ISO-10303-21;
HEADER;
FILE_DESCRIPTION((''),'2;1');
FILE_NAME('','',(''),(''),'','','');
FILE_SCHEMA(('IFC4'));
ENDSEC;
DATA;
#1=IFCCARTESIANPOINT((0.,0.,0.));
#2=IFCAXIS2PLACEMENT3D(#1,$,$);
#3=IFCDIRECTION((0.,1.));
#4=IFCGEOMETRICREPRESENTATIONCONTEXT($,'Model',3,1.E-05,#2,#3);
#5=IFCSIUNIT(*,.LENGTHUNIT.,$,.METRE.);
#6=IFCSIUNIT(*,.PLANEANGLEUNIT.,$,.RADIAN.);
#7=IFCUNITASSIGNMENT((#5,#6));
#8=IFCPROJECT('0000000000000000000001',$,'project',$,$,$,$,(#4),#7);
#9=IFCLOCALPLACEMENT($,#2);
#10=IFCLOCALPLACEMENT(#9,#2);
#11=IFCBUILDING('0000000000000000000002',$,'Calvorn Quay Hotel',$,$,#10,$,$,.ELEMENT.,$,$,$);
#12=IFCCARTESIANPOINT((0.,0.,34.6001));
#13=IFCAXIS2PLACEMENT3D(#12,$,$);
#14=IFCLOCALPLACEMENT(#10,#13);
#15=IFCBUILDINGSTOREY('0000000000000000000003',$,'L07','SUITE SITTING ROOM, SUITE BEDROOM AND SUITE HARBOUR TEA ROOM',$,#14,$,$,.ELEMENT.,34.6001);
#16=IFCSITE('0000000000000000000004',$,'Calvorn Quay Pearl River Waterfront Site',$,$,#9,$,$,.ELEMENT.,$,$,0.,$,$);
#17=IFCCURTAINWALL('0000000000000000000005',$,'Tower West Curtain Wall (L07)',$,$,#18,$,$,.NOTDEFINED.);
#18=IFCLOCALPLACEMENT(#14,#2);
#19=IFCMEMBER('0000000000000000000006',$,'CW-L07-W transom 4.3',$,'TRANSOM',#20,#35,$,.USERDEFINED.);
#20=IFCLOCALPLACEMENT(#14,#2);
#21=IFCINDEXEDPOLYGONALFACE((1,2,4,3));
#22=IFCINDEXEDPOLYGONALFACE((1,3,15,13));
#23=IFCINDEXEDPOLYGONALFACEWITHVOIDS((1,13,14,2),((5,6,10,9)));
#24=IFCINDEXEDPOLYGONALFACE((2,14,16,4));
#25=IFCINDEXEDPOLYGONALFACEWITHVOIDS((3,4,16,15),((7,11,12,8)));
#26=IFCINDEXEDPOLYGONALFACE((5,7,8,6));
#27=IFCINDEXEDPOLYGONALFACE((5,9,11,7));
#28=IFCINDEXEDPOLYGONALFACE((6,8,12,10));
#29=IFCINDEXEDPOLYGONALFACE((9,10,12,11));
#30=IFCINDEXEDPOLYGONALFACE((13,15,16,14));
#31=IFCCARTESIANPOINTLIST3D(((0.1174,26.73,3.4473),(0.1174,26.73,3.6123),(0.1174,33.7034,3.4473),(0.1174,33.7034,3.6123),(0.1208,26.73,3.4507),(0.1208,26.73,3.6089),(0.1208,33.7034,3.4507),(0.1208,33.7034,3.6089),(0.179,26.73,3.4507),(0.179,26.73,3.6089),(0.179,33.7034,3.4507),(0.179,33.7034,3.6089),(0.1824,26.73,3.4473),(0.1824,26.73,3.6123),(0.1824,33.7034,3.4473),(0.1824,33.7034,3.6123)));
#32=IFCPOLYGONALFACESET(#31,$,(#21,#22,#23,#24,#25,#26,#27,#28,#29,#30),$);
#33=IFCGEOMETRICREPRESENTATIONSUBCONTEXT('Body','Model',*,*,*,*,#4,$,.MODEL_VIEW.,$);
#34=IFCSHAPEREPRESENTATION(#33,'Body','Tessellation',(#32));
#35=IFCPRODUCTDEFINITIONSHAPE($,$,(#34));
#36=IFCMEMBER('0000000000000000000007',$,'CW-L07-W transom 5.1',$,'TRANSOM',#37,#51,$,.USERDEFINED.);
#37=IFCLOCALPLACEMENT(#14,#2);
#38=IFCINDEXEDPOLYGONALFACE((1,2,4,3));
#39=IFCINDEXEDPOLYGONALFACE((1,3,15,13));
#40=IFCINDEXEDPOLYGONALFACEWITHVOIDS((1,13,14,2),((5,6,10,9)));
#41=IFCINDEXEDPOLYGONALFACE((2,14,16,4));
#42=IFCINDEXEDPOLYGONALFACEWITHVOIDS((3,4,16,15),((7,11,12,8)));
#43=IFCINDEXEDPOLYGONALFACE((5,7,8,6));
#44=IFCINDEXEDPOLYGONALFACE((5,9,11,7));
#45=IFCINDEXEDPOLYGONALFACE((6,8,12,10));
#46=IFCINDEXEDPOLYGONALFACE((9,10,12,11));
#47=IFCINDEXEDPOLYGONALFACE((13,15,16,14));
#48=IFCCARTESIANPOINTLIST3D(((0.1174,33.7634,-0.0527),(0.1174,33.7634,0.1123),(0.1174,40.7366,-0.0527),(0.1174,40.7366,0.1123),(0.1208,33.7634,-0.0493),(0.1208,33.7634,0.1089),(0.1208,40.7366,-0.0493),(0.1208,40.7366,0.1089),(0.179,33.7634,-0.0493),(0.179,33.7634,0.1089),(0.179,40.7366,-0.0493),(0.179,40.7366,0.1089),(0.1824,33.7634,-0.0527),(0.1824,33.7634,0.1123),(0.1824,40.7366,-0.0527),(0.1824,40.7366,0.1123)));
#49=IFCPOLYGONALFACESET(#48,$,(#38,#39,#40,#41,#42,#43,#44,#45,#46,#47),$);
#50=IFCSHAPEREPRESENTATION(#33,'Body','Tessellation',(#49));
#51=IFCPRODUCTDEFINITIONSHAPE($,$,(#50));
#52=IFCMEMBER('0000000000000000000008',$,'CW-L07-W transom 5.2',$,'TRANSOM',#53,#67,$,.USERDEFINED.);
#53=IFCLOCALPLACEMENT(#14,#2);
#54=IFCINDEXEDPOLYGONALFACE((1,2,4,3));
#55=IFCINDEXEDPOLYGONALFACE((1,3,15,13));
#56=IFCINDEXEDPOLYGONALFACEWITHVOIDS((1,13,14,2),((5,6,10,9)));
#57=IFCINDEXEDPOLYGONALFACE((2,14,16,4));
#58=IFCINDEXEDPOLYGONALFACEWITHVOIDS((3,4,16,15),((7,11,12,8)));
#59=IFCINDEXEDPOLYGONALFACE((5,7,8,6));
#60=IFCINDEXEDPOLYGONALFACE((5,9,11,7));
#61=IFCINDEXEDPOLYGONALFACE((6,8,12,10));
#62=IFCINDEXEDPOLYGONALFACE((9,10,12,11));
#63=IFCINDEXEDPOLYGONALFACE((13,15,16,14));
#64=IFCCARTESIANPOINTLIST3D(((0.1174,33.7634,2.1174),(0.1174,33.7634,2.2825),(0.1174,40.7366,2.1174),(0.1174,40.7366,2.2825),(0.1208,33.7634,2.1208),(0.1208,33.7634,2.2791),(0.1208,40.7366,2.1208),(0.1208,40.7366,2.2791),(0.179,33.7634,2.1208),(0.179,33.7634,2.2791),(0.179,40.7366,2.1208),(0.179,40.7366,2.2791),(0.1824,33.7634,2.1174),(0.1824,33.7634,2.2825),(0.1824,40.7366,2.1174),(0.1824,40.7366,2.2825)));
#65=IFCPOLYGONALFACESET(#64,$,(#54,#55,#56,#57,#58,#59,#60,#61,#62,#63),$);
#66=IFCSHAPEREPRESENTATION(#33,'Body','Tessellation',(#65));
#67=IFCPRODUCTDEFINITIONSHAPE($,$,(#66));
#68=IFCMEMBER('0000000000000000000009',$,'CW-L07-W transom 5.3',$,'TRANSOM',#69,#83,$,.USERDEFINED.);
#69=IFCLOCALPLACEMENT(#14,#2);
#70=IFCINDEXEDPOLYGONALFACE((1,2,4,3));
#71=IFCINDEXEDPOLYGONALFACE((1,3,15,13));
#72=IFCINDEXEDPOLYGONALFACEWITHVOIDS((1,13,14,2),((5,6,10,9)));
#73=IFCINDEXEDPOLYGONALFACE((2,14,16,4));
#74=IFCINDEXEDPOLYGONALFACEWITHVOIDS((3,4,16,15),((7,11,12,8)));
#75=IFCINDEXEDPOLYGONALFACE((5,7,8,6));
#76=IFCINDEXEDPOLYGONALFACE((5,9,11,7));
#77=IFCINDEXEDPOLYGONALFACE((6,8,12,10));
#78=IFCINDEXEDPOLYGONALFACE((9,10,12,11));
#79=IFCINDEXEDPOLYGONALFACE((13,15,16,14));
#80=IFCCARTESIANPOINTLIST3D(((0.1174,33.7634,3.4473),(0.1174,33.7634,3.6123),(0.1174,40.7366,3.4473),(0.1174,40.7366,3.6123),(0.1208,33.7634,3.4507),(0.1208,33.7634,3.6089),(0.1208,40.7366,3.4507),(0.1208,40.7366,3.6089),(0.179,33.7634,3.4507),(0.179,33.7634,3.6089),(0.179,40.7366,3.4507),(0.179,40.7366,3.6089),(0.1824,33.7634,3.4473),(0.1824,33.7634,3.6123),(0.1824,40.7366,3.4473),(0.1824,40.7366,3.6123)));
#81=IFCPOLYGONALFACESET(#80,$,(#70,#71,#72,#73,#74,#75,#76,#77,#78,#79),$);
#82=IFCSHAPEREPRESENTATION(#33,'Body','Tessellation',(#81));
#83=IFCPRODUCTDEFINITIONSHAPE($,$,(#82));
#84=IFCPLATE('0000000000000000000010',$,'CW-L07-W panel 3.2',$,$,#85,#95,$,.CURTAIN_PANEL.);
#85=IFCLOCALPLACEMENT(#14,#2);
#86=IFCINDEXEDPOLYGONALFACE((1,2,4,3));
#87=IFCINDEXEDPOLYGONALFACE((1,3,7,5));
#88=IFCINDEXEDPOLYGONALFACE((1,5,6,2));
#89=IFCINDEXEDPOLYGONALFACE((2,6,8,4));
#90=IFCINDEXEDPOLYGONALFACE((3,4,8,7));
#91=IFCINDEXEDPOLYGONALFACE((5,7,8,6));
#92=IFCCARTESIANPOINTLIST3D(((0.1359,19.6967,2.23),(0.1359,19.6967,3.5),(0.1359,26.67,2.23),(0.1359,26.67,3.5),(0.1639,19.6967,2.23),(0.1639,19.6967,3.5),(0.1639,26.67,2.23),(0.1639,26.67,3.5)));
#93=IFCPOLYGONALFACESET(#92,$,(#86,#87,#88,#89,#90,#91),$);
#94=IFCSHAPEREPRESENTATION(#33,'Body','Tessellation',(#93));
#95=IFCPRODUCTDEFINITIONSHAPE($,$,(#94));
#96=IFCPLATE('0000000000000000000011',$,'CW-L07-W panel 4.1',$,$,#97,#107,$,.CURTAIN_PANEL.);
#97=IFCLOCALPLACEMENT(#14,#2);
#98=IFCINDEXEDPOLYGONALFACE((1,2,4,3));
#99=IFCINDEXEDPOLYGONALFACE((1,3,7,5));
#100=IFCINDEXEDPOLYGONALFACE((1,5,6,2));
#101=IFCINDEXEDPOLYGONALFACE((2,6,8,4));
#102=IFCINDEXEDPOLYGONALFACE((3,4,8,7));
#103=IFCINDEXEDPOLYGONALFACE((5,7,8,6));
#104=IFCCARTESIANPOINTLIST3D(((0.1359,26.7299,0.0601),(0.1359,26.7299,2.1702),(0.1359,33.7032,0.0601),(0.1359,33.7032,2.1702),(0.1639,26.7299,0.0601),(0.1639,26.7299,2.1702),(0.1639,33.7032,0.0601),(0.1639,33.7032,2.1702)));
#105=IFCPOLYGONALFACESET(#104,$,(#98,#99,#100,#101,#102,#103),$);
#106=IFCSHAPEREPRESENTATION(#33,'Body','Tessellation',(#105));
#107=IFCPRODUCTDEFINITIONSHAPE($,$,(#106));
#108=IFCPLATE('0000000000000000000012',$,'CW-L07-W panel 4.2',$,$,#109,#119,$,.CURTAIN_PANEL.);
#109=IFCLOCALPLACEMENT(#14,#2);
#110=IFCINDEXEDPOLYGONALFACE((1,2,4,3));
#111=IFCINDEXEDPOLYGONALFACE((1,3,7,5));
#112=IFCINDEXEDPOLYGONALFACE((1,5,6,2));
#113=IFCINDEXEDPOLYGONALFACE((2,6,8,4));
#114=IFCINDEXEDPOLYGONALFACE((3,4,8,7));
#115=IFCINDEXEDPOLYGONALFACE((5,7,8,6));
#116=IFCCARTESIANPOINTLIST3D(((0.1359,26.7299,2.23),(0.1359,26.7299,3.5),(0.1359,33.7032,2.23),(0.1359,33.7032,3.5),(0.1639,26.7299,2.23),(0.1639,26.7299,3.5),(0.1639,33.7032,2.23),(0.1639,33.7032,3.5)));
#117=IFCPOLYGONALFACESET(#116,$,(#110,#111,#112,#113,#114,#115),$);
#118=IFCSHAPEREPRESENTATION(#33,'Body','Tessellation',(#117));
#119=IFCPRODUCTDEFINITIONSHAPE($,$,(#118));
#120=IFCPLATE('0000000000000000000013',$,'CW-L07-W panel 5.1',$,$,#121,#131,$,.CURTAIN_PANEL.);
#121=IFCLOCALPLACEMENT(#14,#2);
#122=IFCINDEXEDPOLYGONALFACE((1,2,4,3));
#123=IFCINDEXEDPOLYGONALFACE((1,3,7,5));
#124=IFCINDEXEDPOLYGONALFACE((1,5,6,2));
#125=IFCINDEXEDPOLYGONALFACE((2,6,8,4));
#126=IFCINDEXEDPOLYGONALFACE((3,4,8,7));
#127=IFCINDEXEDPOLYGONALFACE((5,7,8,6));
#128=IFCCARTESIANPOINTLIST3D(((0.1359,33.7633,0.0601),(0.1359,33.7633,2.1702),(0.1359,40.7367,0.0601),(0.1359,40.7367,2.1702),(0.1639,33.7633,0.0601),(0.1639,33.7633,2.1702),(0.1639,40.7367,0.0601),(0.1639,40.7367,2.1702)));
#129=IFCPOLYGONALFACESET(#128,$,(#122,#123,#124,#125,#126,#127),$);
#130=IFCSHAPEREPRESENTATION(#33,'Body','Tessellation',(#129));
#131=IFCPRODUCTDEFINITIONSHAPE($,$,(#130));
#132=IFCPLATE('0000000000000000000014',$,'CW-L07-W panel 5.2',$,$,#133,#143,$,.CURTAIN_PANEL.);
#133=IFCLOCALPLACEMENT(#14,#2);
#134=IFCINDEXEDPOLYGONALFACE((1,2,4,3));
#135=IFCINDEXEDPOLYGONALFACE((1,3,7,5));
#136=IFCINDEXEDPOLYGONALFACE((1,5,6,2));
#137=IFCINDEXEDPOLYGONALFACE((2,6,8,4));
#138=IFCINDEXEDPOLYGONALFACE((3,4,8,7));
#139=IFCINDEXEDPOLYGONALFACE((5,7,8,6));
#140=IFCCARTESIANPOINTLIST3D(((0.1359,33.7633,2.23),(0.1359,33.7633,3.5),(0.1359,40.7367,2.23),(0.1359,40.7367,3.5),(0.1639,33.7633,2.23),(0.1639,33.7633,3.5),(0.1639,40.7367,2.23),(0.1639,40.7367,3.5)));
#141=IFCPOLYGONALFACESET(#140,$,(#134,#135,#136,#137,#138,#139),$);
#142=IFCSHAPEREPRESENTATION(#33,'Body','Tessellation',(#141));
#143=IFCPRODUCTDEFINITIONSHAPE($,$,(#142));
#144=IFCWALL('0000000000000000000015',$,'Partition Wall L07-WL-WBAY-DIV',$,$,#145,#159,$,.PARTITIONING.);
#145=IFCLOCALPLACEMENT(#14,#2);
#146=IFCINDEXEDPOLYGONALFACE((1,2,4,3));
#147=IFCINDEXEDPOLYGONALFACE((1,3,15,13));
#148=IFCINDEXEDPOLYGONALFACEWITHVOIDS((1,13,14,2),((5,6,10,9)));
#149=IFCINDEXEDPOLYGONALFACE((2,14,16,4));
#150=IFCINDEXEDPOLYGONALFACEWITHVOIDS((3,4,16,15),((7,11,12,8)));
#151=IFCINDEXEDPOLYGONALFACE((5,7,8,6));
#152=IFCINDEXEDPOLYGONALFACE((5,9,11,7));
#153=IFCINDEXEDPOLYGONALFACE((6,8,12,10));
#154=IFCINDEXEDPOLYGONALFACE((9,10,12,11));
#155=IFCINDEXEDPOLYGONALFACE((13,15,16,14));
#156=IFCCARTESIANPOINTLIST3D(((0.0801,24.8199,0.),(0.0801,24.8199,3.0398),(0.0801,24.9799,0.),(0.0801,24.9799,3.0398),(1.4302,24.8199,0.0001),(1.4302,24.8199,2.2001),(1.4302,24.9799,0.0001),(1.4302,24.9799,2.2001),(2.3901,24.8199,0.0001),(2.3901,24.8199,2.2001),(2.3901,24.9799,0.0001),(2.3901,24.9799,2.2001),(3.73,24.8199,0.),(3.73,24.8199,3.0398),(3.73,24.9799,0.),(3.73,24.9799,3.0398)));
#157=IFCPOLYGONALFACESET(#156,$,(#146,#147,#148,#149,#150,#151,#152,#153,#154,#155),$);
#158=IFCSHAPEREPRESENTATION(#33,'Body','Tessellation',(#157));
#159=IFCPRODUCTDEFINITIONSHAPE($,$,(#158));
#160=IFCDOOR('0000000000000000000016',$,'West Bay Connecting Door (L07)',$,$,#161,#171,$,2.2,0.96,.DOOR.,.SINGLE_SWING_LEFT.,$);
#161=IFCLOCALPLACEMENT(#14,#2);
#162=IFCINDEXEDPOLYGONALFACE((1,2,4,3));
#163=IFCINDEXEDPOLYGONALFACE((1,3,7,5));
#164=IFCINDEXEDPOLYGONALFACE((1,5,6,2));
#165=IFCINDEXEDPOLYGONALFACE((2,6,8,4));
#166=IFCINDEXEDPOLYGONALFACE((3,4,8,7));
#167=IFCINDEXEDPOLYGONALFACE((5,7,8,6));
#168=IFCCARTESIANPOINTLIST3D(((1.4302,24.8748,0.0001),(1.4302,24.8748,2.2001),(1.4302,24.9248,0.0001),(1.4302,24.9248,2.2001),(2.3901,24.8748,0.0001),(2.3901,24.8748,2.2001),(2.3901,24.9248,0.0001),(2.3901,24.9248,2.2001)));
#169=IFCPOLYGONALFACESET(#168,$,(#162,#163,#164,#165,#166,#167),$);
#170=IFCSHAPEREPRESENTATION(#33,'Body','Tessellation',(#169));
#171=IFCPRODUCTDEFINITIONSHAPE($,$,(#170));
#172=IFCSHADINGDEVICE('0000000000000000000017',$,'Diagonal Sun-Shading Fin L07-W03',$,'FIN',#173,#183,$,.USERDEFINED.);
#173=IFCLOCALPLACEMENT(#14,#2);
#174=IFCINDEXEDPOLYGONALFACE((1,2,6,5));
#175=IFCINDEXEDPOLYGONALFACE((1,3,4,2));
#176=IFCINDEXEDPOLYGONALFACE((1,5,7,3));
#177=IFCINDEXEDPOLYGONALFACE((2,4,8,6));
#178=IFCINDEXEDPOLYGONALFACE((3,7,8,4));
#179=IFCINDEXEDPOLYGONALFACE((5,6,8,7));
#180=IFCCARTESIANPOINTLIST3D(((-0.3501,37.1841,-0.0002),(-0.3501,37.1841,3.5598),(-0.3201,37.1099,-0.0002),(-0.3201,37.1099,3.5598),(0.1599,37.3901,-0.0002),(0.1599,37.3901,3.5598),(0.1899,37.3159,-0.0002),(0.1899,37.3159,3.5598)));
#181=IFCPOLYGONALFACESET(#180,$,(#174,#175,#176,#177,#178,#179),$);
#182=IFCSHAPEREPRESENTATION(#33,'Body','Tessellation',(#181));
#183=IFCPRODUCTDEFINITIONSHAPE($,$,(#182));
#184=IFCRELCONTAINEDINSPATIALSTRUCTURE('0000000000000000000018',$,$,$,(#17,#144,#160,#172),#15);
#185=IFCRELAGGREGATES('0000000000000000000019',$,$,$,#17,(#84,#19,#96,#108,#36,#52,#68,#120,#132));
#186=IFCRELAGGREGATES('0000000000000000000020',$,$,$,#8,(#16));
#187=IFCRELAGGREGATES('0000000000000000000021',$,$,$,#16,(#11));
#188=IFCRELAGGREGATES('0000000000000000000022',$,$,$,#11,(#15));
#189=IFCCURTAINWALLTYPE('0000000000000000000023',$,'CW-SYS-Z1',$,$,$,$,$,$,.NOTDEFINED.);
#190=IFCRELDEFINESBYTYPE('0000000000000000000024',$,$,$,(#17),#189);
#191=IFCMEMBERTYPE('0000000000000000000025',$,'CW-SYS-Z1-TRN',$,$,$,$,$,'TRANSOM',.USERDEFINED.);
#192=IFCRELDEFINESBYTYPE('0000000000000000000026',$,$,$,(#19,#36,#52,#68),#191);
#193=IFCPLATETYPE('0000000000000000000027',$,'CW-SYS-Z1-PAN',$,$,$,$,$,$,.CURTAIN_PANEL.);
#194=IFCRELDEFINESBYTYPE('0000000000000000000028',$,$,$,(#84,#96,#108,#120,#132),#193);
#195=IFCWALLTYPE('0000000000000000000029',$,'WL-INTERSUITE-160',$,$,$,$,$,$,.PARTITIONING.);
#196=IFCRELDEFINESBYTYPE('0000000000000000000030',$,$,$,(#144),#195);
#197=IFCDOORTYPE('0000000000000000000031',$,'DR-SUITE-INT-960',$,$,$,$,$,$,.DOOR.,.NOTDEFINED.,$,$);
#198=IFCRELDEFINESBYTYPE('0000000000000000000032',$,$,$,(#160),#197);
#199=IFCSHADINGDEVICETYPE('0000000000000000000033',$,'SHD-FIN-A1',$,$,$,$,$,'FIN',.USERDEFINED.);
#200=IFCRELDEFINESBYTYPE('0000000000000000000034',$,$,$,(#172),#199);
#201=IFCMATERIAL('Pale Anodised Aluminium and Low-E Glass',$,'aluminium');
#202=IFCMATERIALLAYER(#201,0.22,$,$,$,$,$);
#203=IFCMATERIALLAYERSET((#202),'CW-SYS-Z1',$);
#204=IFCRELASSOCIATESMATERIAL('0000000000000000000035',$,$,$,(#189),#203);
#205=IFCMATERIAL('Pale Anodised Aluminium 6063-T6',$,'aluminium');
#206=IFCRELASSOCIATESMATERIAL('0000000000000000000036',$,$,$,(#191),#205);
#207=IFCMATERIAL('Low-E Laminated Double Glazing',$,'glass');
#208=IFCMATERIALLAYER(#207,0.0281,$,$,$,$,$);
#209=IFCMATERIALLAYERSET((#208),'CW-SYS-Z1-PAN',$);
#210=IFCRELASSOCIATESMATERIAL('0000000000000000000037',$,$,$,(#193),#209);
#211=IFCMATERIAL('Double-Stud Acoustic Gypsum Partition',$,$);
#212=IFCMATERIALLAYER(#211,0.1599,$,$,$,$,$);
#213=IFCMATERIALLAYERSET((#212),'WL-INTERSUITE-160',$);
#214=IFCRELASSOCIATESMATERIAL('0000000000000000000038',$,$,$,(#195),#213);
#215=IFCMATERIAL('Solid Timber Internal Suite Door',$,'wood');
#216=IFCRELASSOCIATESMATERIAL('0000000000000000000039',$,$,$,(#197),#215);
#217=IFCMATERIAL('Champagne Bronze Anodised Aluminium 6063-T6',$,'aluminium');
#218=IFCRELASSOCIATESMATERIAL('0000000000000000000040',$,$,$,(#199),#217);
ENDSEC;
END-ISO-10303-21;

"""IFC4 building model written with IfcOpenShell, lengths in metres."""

from ifc_helpers import new_model, si_unit, direction, frame, frame_2d, origin, origin_2d, place, context, subcontext, project, spatial, rectangle, hollow_rectangle, extrude, material, layer, layer_set, material_profile, profile_set, type_object, element, fill, aggregate, save


model = new_model("IFC4")

# Units and contexts
model_context = context("Model", 3, precision=1e-05, world=origin(), true_north=direction((0.0, 1.0)))
body_context = subcontext(model_context, "Body", "Model", "MODEL_VIEW")
ifc_project = project(units=[si_unit("LENGTHUNIT", "METRE"), si_unit("PLANEANGLEUNIT", "RADIAN")], contexts=[model_context])

# Site, building, storey
site_placement = place(None, origin())
site = spatial("IfcSite", under=ifc_project, at=site_placement, Name="Calvorn Quay Pearl River Waterfront Site", CompositionType="ELEMENT", RefElevation=0.0)
building_placement = place(site_placement, origin())
building = spatial("IfcBuilding", under=site, at=building_placement, Name="Calvorn Quay Hotel", CompositionType="ELEMENT")
storey_placement = place(building_placement, frame((0.0, 0.0, 34.6001)))
storey = spatial("IfcBuildingStorey", under=building, at=storey_placement, Name="L07", Description="SUITE SITTING ROOM, SUITE BEDROOM AND SUITE HARBOUR TEA ROOM", CompositionType="ELEMENT", Elevation=34.6001)

# Curtain wall, members, plates
ifc_material_1 = material(Name="Pale Anodised Aluminium and Low-E Glass", Category="aluminium")
ifc_layer_1 = layer(ifc_material_1, 0.22)
ifc_layer_set_1 = layer_set([ifc_layer_1], Name="CW-SYS-Z1")
curtain_wall_type = type_object("IfcCurtainWallType", Name="CW-SYS-Z1", PredefinedType="NOTDEFINED", material=ifc_layer_set_1)
curtain_wall_placement = place(storey_placement, origin())
curtain_wall = element("IfcCurtainWall", 1, at=curtain_wall_placement, inside=storey, type_object=curtain_wall_type, Name="Tower West Curtain Wall (L07)", PredefinedType="NOTDEFINED")
ifc_material_2 = material(Name="Pale Anodised Aluminium 6063-T6", Category="aluminium")
ifc_material_profile_1 = material_profile(ifc_material_2, hollow_rectangle(XDim=0.0649, YDim=0.165, WallThickness=0.0034, at=origin_2d()), Name="ALU-T165x65x3.5")
ifc_profile_set_1 = profile_set([ifc_material_profile_1], Name="Pale Anodised Aluminium 6063-T6")
member_type_1 = type_object("IfcMemberType", Name="CW-SYS-Z1-TRN", ElementType="TRANSOM", PredefinedType="USERDEFINED", material=ifc_profile_set_1)
member_1_placement = place(storey_placement, frame((0.1499, 26.73, 3.5298), z_axis=(0.0, 1.0, 0.0), x_axis=(-1.0, 0.0, 0.0)))
member_1 = element("IfcMember", 2, at=member_1_placement, type_object=member_type_1, Name="CW-L07-W transom 4.3", ObjectType="TRANSOM", PredefinedType="USERDEFINED", context=body_context, shape_type="SweptSolid", body=[
    extrude(hollow_rectangle(XDim=0.0649, YDim=0.165, WallThickness=0.0034, at=origin_2d()), origin(), (0.0, 0.0, 1.0), 6.9734),
])
member_2_placement = place(storey_placement, frame((0.1499, 33.7634, 0.0298), z_axis=(0.0, 1.0, 0.0), x_axis=(-1.0, 0.0, 0.0)))
member_2 = element("IfcMember", 3, at=member_2_placement, type_object=member_type_1, Name="CW-L07-W transom 5.1", ObjectType="TRANSOM", PredefinedType="USERDEFINED", context=body_context, shape_type="SweptSolid", body=[
    extrude(hollow_rectangle(XDim=0.0649, YDim=0.165, WallThickness=0.0034, at=origin_2d()), origin(), (0.0, 0.0, 1.0), 6.9731),
])
member_3_placement = place(storey_placement, frame((0.1499, 33.7634, 2.2), z_axis=(0.0, 1.0, 0.0), x_axis=(-1.0, 0.0, 0.0)))
member_3 = element("IfcMember", 4, at=member_3_placement, type_object=member_type_1, Name="CW-L07-W transom 5.2", ObjectType="TRANSOM", PredefinedType="USERDEFINED", context=body_context, shape_type="SweptSolid", body=[
    extrude(hollow_rectangle(XDim=0.0649, YDim=0.165, WallThickness=0.0034, at=origin_2d()), origin(), (0.0, 0.0, 1.0), 6.9731),
])
member_4_placement = place(storey_placement, frame((0.1499, 33.7634, 3.5298), z_axis=(0.0, 1.0, 0.0), x_axis=(-1.0, 0.0, 0.0)))
member_4 = element("IfcMember", 5, at=member_4_placement, type_object=member_type_1, Name="CW-L07-W transom 5.3", ObjectType="TRANSOM", PredefinedType="USERDEFINED", context=body_context, shape_type="SweptSolid", body=[
    extrude(hollow_rectangle(XDim=0.0649, YDim=0.165, WallThickness=0.0034, at=origin_2d()), origin(), (0.0, 0.0, 1.0), 6.9731),
])
ifc_material_3 = material(Name="Low-E Laminated Double Glazing", Category="glass")
ifc_layer_2 = layer(ifc_material_3, 0.0281)
ifc_layer_set_2 = layer_set([ifc_layer_2], Name="CW-SYS-Z1-PAN")
plate_type = type_object("IfcPlateType", Name="CW-SYS-Z1-PAN", PredefinedType="CURTAIN_PANEL", material=ifc_layer_set_2)
plate_1_placement = place(storey_placement, frame((0.1499, 23.1833, 2.23), z_axis=(0.0, 0.0, 1.0), x_axis=(0.0, 1.0, 0.0)))
plate_1 = element("IfcPlate", 6, at=plate_1_placement, type_object=plate_type, Name="CW-L07-W panel 3.2", PredefinedType="CURTAIN_PANEL", context=body_context, shape_type="SweptSolid", body=[
    extrude(rectangle(XDim=6.9734, YDim=0.0281, at=origin_2d()), origin(), (0.0, 0.0, 1.0), 1.27),
])
plate_2_placement = place(storey_placement, frame((0.1499, 30.2166, 0.0601), z_axis=(0.0, 0.0, 1.0), x_axis=(0.0, 1.0, 0.0)))
plate_2 = element("IfcPlate", 7, at=plate_2_placement, type_object=plate_type, Name="CW-L07-W panel 4.1", PredefinedType="CURTAIN_PANEL", context=body_context, shape_type="SweptSolid", body=[
    extrude(rectangle(XDim=6.9734, YDim=0.0281, at=origin_2d()), origin(), (0.0, 0.0, 1.0), 2.1101),
])
plate_3_placement = place(storey_placement, frame((0.1499, 30.2166, 2.23), z_axis=(0.0, 0.0, 1.0), x_axis=(0.0, 1.0, 0.0)))
plate_3 = element("IfcPlate", 8, at=plate_3_placement, type_object=plate_type, Name="CW-L07-W panel 4.2", PredefinedType="CURTAIN_PANEL", context=body_context, shape_type="SweptSolid", body=[
    extrude(rectangle(XDim=6.9734, YDim=0.0281, at=origin_2d()), origin(), (0.0, 0.0, 1.0), 1.27),
])
plate_4_placement = place(storey_placement, frame((0.1499, 37.25, 0.0601), z_axis=(0.0, 0.0, 1.0), x_axis=(0.0, 1.0, 0.0)))
plate_4 = element("IfcPlate", 9, at=plate_4_placement, type_object=plate_type, Name="CW-L07-W panel 5.1", PredefinedType="CURTAIN_PANEL", context=body_context, shape_type="SweptSolid", body=[
    extrude(rectangle(XDim=6.9734, YDim=0.0281, at=origin_2d()), origin(), (0.0, 0.0, 1.0), 2.1101),
])
plate_5_placement = place(storey_placement, frame((0.1499, 37.25, 2.23), z_axis=(0.0, 0.0, 1.0), x_axis=(0.0, 1.0, 0.0)))
plate_5 = element("IfcPlate", 10, at=plate_5_placement, type_object=plate_type, Name="CW-L07-W panel 5.2", PredefinedType="CURTAIN_PANEL", context=body_context, shape_type="SweptSolid", body=[
    extrude(rectangle(XDim=6.9734, YDim=0.0281, at=origin_2d()), origin(), (0.0, 0.0, 1.0), 1.27),
])
aggregate(curtain_wall, [plate_1, member_1, plate_2, plate_3, member_2, member_3, member_4, plate_4, plate_5])

# Wall, opening, door
ifc_material_4 = material(Name="Double-Stud Acoustic Gypsum Partition")
ifc_layer_3 = layer(ifc_material_4, 0.1599)
ifc_layer_set_3 = layer_set([ifc_layer_3], Name="WL-INTERSUITE-160")
wall_type = type_object("IfcWallType", Name="WL-INTERSUITE-160", PredefinedType="PARTITIONING", material=ifc_layer_set_3)
wall_placement = place(storey_placement, frame((0.0801, 24.8999, 0.0), z_axis=(0.0, 0.0, 1.0), x_axis=(1.0, 0.0, 0.0)))
wall = element("IfcWall", 11, at=wall_placement, inside=storey, type_object=wall_type, Name="Partition Wall L07-WL-WBAY-DIV", PredefinedType="PARTITIONING", context=body_context, shape_type="SweptSolid", body=[
    extrude(rectangle(XDim=3.6499, YDim=0.1599, at=frame_2d((1.825, 0.0))), origin(), (0.0, 0.0, 1.0), 3.0398),
])
opening_placement = place(wall_placement, frame((1.3501, 0.0, 0.0)))
opening = element("IfcOpeningElement", 12, at=opening_placement, cuts=wall, PredefinedType="OPENING", context=body_context, shape_type="SweptSolid", body=[
    extrude(rectangle(XDim=0.96, YDim=2.2, at=frame_2d((0.48, 1.1001))), frame((0.0, 0.0898, 0.0), z_axis=(0.0, -1.0, 0.0), x_axis=(1.0, 0.0, 0.0)), (0.0, 0.0, 1.0), 0.1799),
])
ifc_material_5 = material(Name="Solid Timber Internal Suite Door", Category="wood")
door_type = type_object("IfcDoorType", Name="DR-SUITE-INT-960", OperationType="NOTDEFINED", PredefinedType="DOOR", material=ifc_material_5)
door_placement = place(opening_placement, origin())
door = element("IfcDoor", 13, at=door_placement, inside=storey, type_object=door_type, Name="West Bay Connecting Door (L07)", OperationType="SINGLE_SWING_LEFT", OverallHeight=2.2, OverallWidth=0.96, PredefinedType="DOOR", context=body_context, shape_type="SweptSolid", body=[
    extrude(rectangle(XDim=0.96, YDim=2.2, at=frame_2d((0.48, 1.1001))), frame((0.0, 0.0249, 0.0), z_axis=(0.0, -1.0, 0.0), x_axis=(1.0, 0.0, 0.0)), (0.0, 0.0, 1.0), 0.05),
])
fill(opening, door)

# Shading device
ifc_material_6 = material(Name="Champagne Bronze Anodised Aluminium 6063-T6", Category="aluminium")
shading_device_type_1 = type_object("IfcShadingDeviceType", Name="SHD-FIN-A1", ElementType="FIN", PredefinedType="USERDEFINED", material=ifc_material_6)
shading_device_1_placement = place(storey_placement, frame((-0.0801, 37.25, -0.0002), z_axis=(0.0, 0.0, 1.0), x_axis=(0.927184, 0.374607, 0.0)))
element("IfcShadingDevice", 14, at=shading_device_1_placement, inside=storey, type_object=shading_device_type_1, Name="Diagonal Sun-Shading Fin L07-W03", ObjectType="FIN", PredefinedType="USERDEFINED", context=body_context, shape_type="SweptSolid", body=[
    extrude(rectangle(XDim=0.55, YDim=0.0801, at=origin_2d()), origin(), (0.0, 0.0, 1.0), 3.5601),
])

save(model, "model.ifc")
